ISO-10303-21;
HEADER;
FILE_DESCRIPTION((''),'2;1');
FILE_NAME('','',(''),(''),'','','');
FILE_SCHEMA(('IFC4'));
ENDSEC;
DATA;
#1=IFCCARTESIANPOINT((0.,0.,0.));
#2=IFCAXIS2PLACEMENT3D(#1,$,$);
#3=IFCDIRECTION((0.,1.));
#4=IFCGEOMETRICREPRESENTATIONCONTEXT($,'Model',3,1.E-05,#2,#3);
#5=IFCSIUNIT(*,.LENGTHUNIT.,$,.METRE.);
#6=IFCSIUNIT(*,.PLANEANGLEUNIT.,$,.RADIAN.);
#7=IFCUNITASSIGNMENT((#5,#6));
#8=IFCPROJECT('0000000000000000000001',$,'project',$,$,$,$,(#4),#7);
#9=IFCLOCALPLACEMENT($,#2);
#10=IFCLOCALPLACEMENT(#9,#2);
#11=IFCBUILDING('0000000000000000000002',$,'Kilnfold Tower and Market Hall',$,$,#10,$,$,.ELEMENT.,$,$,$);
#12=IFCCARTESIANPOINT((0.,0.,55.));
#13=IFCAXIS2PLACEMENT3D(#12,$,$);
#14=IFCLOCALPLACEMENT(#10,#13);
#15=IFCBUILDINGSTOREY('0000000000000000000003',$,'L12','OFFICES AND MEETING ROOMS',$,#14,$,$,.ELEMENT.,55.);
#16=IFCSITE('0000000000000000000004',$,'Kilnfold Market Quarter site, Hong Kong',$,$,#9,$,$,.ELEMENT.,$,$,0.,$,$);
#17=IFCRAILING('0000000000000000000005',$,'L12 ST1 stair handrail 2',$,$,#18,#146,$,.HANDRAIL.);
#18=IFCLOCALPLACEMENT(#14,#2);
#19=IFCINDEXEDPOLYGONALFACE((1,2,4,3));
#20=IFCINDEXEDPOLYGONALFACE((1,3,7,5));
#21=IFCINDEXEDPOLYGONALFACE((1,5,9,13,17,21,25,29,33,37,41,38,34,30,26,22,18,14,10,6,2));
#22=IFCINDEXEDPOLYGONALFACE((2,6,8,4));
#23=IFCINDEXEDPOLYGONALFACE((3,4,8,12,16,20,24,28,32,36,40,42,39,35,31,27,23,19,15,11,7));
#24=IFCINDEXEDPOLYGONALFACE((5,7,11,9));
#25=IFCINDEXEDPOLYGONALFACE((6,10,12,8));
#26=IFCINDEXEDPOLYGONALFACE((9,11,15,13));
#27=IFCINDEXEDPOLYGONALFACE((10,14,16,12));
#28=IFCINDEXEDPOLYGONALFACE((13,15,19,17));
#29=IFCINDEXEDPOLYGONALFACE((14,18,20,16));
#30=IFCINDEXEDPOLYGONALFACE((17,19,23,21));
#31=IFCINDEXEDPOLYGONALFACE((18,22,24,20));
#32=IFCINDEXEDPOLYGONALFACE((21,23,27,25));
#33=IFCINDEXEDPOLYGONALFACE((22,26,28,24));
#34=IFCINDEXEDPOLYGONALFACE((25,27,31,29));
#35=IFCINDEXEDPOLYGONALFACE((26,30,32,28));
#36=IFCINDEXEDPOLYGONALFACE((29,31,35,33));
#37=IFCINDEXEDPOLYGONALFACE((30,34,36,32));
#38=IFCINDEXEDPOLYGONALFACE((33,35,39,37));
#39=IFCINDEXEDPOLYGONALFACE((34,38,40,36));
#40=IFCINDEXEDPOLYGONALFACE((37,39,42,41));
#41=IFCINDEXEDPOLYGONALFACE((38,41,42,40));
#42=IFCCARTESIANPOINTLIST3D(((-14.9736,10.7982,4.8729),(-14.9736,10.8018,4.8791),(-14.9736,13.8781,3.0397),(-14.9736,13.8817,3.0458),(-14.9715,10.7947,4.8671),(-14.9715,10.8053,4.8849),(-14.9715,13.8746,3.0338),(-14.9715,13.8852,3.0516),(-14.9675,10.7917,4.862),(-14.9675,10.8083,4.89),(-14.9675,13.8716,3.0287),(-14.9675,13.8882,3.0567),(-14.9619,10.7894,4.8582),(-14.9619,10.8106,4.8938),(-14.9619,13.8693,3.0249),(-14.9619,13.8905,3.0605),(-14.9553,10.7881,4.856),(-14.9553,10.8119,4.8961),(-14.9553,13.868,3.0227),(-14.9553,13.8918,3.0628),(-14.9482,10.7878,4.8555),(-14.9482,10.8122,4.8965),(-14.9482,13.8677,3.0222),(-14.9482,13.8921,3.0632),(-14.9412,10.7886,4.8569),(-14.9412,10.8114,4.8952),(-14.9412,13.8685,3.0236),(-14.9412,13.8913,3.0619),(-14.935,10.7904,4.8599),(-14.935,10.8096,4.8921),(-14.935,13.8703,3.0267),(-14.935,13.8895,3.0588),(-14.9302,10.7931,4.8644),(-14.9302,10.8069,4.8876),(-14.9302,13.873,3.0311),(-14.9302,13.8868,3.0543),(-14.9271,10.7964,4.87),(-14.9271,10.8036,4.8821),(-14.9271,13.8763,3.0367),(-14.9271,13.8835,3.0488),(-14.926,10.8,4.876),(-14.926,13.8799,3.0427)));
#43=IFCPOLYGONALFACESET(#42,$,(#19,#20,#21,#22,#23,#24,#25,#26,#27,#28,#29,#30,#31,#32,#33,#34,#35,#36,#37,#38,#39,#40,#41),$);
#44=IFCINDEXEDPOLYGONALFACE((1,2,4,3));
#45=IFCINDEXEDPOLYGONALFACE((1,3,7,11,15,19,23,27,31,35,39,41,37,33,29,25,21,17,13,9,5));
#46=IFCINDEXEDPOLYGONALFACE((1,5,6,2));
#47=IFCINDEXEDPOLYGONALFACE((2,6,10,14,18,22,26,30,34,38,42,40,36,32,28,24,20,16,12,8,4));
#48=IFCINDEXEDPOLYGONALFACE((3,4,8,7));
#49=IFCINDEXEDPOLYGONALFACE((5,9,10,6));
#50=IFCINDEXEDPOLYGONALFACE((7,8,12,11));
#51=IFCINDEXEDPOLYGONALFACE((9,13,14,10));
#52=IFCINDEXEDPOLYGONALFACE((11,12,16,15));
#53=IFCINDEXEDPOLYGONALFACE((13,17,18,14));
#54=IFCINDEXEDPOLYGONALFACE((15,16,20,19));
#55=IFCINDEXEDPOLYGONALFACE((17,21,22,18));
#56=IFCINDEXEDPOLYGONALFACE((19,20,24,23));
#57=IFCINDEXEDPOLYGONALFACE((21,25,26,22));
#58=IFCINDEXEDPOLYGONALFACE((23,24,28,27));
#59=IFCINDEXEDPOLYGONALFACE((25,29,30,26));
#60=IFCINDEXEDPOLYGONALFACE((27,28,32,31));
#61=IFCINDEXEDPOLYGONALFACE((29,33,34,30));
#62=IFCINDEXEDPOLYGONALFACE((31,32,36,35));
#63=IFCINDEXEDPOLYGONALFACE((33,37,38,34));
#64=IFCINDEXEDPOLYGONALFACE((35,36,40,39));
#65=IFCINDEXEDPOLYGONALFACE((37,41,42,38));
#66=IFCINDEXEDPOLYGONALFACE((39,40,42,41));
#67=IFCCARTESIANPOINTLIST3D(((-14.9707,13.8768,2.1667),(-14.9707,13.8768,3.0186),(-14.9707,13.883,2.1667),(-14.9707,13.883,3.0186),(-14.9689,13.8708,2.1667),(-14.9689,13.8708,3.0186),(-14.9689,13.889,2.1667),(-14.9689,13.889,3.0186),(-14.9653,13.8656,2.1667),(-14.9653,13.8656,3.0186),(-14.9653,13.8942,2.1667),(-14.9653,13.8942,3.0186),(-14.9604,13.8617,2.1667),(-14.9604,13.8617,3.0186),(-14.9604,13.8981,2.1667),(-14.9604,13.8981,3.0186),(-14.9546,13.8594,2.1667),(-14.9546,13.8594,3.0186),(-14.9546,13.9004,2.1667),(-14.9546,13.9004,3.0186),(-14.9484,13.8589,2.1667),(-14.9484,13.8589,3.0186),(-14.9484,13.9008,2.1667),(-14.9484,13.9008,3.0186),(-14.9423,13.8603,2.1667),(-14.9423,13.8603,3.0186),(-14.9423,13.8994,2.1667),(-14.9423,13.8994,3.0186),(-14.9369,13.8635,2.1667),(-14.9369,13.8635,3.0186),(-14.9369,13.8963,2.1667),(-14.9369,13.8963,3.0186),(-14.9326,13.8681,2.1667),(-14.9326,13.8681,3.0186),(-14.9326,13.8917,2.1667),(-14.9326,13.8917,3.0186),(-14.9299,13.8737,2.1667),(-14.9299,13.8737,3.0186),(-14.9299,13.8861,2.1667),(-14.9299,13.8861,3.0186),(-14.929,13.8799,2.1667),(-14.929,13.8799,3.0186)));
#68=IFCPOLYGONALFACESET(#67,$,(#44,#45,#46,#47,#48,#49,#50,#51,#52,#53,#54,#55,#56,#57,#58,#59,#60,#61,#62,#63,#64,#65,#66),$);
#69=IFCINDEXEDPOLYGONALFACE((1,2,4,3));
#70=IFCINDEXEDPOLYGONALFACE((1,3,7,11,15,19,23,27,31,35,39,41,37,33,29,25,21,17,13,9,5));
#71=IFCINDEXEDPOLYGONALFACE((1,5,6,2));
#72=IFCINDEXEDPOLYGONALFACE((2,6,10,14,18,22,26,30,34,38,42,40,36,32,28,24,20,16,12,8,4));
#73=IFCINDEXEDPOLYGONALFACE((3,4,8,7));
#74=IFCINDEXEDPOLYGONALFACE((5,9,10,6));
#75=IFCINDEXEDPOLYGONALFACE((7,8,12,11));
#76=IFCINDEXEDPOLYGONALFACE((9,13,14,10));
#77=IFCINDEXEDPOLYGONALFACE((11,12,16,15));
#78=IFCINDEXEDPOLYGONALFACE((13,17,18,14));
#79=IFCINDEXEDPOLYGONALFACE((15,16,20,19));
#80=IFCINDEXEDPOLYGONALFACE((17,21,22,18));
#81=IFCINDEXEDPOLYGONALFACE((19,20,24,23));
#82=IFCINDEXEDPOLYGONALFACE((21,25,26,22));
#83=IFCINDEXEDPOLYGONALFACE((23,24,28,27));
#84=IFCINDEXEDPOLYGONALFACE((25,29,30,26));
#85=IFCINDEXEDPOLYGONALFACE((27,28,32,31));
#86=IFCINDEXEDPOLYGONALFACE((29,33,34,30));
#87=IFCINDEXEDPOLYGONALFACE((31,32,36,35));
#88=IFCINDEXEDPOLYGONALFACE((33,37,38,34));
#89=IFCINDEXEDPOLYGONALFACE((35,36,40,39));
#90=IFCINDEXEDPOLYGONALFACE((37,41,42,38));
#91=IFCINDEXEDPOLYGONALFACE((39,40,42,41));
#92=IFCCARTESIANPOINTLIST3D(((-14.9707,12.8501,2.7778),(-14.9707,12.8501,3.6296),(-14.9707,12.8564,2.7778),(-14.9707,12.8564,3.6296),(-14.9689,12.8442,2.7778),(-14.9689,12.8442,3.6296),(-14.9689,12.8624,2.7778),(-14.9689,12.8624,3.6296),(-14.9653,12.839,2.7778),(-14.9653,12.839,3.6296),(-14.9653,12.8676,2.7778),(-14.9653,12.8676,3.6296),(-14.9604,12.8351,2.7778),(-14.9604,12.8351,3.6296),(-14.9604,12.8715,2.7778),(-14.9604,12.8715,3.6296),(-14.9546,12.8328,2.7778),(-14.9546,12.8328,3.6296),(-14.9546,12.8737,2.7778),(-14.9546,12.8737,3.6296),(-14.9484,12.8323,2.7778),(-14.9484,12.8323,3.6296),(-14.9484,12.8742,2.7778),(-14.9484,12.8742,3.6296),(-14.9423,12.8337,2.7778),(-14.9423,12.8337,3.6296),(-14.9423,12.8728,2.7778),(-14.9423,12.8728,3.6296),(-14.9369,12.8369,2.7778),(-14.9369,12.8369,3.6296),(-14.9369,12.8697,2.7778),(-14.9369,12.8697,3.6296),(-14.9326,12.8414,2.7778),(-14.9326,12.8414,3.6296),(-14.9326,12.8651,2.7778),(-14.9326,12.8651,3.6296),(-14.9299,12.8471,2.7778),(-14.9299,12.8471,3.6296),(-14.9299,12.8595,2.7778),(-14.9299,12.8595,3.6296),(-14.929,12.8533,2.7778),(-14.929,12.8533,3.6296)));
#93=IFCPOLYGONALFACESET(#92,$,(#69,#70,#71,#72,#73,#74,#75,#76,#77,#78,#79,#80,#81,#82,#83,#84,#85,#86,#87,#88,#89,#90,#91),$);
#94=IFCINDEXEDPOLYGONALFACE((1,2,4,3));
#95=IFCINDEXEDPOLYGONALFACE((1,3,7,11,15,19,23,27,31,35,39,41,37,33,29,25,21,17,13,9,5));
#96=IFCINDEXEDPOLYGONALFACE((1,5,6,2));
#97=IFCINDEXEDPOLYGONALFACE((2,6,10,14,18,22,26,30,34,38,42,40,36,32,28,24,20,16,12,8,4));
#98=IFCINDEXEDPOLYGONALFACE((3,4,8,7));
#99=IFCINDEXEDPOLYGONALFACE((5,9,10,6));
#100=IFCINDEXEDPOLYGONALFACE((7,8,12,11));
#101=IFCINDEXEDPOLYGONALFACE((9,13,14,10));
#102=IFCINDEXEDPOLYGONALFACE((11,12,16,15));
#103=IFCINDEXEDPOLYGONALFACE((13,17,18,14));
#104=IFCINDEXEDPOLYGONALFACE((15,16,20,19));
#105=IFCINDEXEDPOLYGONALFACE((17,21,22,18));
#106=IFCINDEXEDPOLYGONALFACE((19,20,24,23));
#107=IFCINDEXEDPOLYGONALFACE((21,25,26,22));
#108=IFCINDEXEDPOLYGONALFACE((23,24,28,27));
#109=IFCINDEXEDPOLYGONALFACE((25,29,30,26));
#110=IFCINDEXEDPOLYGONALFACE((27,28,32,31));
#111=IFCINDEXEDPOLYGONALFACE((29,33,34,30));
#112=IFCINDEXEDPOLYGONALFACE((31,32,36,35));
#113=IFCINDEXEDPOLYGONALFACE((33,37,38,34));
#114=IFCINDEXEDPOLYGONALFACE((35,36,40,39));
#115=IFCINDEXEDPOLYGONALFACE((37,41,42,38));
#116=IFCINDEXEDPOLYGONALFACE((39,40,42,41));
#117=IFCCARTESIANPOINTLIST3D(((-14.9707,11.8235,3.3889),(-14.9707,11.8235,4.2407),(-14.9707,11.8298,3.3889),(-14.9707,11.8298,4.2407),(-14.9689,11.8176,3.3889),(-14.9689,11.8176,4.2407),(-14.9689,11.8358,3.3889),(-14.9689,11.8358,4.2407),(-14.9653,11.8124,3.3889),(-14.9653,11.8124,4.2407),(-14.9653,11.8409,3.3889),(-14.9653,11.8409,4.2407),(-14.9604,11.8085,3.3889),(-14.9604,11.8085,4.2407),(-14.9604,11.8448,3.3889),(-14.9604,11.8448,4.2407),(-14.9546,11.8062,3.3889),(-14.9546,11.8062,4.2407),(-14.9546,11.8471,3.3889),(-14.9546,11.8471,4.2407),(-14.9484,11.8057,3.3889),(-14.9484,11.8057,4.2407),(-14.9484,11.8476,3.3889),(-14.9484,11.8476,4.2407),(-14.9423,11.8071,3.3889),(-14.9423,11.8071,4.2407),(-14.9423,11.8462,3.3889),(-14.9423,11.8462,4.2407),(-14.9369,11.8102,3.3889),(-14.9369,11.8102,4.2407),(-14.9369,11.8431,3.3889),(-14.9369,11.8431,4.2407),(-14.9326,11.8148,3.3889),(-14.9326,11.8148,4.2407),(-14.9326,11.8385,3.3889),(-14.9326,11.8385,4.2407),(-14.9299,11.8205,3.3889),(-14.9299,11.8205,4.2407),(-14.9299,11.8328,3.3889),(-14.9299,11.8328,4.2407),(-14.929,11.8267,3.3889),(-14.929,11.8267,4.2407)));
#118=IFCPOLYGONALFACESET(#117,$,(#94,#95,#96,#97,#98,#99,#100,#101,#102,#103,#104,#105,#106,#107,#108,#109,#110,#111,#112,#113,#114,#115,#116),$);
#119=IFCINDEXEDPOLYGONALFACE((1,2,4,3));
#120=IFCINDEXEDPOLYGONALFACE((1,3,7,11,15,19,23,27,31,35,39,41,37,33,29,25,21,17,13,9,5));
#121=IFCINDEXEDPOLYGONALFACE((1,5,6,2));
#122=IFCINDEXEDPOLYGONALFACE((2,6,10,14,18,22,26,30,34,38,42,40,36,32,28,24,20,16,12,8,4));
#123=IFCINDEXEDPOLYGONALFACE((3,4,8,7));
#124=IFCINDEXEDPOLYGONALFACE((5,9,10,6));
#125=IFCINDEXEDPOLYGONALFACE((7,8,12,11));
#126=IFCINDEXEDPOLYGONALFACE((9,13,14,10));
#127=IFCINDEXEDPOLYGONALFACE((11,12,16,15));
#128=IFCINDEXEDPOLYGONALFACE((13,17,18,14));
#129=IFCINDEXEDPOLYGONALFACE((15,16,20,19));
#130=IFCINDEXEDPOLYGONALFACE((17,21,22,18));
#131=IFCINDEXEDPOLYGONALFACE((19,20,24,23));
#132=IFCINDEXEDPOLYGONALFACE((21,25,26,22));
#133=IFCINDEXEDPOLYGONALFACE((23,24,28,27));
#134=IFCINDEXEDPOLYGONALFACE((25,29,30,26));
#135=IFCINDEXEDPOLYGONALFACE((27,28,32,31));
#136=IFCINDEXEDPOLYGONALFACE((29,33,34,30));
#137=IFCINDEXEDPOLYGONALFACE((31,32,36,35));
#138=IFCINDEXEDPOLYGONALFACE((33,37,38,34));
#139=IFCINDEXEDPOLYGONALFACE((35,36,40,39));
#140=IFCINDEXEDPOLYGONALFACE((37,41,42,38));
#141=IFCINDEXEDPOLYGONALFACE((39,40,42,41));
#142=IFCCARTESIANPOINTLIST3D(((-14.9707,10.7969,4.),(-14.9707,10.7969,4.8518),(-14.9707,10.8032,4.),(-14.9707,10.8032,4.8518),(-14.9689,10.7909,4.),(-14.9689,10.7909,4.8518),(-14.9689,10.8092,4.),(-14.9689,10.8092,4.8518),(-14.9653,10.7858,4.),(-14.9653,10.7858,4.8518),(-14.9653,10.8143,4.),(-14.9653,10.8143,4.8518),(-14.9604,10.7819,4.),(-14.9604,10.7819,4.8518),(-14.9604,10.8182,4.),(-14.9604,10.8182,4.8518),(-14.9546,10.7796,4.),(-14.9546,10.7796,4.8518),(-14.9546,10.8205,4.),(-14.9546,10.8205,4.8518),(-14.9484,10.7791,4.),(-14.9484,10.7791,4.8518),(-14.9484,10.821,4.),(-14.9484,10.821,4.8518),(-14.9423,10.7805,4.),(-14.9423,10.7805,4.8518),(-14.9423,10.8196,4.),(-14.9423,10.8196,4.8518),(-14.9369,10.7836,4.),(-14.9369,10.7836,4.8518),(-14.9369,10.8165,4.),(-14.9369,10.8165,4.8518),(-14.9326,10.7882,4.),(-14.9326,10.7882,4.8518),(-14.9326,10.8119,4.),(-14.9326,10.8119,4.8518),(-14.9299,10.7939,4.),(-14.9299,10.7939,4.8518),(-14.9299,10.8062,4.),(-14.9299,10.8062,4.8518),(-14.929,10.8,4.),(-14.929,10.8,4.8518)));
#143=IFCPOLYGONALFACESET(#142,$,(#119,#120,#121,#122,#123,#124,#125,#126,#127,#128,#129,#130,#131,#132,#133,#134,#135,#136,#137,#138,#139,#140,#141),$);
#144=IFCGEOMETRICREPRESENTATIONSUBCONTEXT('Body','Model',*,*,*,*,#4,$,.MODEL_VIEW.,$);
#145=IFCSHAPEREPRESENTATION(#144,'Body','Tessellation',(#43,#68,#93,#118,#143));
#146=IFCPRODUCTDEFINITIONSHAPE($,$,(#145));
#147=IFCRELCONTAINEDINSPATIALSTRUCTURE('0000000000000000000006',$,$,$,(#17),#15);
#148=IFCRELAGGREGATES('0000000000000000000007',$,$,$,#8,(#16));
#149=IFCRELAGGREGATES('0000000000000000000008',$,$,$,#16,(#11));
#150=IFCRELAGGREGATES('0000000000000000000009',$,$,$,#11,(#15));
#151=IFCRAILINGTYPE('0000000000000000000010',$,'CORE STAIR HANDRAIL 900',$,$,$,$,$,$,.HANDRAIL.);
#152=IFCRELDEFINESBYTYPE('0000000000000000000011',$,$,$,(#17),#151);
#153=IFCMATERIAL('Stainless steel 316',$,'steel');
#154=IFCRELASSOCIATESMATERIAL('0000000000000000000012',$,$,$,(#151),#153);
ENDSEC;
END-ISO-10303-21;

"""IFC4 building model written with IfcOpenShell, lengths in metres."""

from ifc_helpers import new_model, si_unit, direction, frame, origin, origin_2d, place, context, subcontext, project, spatial, circle, extrude, material, type_object, element, save


model = new_model("IFC4")

# Units and contexts
model_context = context("Model", 3, precision=1e-05, world=origin(), true_north=direction((0.0, 1.0)))
body_context = subcontext(model_context, "Body", "Model", "MODEL_VIEW")
ifc_project = project(units=[si_unit("LENGTHUNIT", "METRE"), si_unit("PLANEANGLEUNIT", "RADIAN")], contexts=[model_context])

# Site, building, storey
site_placement = place(None, origin())
site = spatial("IfcSite", under=ifc_project, at=site_placement, Name="Kilnfold Market Quarter site, Hong Kong", CompositionType="ELEMENT", RefElevation=0.0)
building_placement = place(site_placement, origin())
building = spatial("IfcBuilding", under=site, at=building_placement, Name="Kilnfold Tower and Market Hall", CompositionType="ELEMENT")
storey_placement = place(building_placement, frame((0.0, 0.0, 55.0)))
storey = spatial("IfcBuildingStorey", under=building, at=storey_placement, Name="L12", Description="OFFICES AND MEETING ROOMS", CompositionType="ELEMENT", Elevation=55.0)

# Railing
ifc_material_1 = material(Name="Stainless steel 316", Category="steel")
railing_type = type_object("IfcRailingType", Name="CORE STAIR HANDRAIL 900", PredefinedType="HANDRAIL", material=ifc_material_1)
railing_1_placement = place(storey_placement, frame((-14.95, 13.8799, 2.1667)))
element("IfcRailing", 1, at=railing_1_placement, inside=storey, type_object=railing_type, Name="L12 ST1 stair handrail 2", PredefinedType="HANDRAIL", context=body_context, shape_type="SweptSolid", body=[
    extrude(circle(Radius=0.0239, at=origin_2d()), frame((0.0, 0.0, 0.876), z_axis=(0.0, -0.859291, 0.511487), x_axis=(1.0, 0.0, 0.0)), (0.0, 0.0, 1.0), 3.5842),
    extrude(circle(Radius=0.021, at=origin_2d()), origin(), (0.0, 0.0, 1.0), 0.8518),
    extrude(circle(Radius=0.021, at=origin_2d()), frame((0.0, -1.0266, 0.6111)), (0.0, 0.0, 1.0), 0.8518),
    extrude(circle(Radius=0.021, at=origin_2d()), frame((0.0, -2.0532, 1.2222)), (0.0, 0.0, 1.0), 0.8518),
    extrude(circle(Radius=0.021, at=origin_2d()), frame((0.0, -3.0798, 1.8333)), (0.0, 0.0, 1.0), 0.8518),
])

save(model, "model.ifc")
